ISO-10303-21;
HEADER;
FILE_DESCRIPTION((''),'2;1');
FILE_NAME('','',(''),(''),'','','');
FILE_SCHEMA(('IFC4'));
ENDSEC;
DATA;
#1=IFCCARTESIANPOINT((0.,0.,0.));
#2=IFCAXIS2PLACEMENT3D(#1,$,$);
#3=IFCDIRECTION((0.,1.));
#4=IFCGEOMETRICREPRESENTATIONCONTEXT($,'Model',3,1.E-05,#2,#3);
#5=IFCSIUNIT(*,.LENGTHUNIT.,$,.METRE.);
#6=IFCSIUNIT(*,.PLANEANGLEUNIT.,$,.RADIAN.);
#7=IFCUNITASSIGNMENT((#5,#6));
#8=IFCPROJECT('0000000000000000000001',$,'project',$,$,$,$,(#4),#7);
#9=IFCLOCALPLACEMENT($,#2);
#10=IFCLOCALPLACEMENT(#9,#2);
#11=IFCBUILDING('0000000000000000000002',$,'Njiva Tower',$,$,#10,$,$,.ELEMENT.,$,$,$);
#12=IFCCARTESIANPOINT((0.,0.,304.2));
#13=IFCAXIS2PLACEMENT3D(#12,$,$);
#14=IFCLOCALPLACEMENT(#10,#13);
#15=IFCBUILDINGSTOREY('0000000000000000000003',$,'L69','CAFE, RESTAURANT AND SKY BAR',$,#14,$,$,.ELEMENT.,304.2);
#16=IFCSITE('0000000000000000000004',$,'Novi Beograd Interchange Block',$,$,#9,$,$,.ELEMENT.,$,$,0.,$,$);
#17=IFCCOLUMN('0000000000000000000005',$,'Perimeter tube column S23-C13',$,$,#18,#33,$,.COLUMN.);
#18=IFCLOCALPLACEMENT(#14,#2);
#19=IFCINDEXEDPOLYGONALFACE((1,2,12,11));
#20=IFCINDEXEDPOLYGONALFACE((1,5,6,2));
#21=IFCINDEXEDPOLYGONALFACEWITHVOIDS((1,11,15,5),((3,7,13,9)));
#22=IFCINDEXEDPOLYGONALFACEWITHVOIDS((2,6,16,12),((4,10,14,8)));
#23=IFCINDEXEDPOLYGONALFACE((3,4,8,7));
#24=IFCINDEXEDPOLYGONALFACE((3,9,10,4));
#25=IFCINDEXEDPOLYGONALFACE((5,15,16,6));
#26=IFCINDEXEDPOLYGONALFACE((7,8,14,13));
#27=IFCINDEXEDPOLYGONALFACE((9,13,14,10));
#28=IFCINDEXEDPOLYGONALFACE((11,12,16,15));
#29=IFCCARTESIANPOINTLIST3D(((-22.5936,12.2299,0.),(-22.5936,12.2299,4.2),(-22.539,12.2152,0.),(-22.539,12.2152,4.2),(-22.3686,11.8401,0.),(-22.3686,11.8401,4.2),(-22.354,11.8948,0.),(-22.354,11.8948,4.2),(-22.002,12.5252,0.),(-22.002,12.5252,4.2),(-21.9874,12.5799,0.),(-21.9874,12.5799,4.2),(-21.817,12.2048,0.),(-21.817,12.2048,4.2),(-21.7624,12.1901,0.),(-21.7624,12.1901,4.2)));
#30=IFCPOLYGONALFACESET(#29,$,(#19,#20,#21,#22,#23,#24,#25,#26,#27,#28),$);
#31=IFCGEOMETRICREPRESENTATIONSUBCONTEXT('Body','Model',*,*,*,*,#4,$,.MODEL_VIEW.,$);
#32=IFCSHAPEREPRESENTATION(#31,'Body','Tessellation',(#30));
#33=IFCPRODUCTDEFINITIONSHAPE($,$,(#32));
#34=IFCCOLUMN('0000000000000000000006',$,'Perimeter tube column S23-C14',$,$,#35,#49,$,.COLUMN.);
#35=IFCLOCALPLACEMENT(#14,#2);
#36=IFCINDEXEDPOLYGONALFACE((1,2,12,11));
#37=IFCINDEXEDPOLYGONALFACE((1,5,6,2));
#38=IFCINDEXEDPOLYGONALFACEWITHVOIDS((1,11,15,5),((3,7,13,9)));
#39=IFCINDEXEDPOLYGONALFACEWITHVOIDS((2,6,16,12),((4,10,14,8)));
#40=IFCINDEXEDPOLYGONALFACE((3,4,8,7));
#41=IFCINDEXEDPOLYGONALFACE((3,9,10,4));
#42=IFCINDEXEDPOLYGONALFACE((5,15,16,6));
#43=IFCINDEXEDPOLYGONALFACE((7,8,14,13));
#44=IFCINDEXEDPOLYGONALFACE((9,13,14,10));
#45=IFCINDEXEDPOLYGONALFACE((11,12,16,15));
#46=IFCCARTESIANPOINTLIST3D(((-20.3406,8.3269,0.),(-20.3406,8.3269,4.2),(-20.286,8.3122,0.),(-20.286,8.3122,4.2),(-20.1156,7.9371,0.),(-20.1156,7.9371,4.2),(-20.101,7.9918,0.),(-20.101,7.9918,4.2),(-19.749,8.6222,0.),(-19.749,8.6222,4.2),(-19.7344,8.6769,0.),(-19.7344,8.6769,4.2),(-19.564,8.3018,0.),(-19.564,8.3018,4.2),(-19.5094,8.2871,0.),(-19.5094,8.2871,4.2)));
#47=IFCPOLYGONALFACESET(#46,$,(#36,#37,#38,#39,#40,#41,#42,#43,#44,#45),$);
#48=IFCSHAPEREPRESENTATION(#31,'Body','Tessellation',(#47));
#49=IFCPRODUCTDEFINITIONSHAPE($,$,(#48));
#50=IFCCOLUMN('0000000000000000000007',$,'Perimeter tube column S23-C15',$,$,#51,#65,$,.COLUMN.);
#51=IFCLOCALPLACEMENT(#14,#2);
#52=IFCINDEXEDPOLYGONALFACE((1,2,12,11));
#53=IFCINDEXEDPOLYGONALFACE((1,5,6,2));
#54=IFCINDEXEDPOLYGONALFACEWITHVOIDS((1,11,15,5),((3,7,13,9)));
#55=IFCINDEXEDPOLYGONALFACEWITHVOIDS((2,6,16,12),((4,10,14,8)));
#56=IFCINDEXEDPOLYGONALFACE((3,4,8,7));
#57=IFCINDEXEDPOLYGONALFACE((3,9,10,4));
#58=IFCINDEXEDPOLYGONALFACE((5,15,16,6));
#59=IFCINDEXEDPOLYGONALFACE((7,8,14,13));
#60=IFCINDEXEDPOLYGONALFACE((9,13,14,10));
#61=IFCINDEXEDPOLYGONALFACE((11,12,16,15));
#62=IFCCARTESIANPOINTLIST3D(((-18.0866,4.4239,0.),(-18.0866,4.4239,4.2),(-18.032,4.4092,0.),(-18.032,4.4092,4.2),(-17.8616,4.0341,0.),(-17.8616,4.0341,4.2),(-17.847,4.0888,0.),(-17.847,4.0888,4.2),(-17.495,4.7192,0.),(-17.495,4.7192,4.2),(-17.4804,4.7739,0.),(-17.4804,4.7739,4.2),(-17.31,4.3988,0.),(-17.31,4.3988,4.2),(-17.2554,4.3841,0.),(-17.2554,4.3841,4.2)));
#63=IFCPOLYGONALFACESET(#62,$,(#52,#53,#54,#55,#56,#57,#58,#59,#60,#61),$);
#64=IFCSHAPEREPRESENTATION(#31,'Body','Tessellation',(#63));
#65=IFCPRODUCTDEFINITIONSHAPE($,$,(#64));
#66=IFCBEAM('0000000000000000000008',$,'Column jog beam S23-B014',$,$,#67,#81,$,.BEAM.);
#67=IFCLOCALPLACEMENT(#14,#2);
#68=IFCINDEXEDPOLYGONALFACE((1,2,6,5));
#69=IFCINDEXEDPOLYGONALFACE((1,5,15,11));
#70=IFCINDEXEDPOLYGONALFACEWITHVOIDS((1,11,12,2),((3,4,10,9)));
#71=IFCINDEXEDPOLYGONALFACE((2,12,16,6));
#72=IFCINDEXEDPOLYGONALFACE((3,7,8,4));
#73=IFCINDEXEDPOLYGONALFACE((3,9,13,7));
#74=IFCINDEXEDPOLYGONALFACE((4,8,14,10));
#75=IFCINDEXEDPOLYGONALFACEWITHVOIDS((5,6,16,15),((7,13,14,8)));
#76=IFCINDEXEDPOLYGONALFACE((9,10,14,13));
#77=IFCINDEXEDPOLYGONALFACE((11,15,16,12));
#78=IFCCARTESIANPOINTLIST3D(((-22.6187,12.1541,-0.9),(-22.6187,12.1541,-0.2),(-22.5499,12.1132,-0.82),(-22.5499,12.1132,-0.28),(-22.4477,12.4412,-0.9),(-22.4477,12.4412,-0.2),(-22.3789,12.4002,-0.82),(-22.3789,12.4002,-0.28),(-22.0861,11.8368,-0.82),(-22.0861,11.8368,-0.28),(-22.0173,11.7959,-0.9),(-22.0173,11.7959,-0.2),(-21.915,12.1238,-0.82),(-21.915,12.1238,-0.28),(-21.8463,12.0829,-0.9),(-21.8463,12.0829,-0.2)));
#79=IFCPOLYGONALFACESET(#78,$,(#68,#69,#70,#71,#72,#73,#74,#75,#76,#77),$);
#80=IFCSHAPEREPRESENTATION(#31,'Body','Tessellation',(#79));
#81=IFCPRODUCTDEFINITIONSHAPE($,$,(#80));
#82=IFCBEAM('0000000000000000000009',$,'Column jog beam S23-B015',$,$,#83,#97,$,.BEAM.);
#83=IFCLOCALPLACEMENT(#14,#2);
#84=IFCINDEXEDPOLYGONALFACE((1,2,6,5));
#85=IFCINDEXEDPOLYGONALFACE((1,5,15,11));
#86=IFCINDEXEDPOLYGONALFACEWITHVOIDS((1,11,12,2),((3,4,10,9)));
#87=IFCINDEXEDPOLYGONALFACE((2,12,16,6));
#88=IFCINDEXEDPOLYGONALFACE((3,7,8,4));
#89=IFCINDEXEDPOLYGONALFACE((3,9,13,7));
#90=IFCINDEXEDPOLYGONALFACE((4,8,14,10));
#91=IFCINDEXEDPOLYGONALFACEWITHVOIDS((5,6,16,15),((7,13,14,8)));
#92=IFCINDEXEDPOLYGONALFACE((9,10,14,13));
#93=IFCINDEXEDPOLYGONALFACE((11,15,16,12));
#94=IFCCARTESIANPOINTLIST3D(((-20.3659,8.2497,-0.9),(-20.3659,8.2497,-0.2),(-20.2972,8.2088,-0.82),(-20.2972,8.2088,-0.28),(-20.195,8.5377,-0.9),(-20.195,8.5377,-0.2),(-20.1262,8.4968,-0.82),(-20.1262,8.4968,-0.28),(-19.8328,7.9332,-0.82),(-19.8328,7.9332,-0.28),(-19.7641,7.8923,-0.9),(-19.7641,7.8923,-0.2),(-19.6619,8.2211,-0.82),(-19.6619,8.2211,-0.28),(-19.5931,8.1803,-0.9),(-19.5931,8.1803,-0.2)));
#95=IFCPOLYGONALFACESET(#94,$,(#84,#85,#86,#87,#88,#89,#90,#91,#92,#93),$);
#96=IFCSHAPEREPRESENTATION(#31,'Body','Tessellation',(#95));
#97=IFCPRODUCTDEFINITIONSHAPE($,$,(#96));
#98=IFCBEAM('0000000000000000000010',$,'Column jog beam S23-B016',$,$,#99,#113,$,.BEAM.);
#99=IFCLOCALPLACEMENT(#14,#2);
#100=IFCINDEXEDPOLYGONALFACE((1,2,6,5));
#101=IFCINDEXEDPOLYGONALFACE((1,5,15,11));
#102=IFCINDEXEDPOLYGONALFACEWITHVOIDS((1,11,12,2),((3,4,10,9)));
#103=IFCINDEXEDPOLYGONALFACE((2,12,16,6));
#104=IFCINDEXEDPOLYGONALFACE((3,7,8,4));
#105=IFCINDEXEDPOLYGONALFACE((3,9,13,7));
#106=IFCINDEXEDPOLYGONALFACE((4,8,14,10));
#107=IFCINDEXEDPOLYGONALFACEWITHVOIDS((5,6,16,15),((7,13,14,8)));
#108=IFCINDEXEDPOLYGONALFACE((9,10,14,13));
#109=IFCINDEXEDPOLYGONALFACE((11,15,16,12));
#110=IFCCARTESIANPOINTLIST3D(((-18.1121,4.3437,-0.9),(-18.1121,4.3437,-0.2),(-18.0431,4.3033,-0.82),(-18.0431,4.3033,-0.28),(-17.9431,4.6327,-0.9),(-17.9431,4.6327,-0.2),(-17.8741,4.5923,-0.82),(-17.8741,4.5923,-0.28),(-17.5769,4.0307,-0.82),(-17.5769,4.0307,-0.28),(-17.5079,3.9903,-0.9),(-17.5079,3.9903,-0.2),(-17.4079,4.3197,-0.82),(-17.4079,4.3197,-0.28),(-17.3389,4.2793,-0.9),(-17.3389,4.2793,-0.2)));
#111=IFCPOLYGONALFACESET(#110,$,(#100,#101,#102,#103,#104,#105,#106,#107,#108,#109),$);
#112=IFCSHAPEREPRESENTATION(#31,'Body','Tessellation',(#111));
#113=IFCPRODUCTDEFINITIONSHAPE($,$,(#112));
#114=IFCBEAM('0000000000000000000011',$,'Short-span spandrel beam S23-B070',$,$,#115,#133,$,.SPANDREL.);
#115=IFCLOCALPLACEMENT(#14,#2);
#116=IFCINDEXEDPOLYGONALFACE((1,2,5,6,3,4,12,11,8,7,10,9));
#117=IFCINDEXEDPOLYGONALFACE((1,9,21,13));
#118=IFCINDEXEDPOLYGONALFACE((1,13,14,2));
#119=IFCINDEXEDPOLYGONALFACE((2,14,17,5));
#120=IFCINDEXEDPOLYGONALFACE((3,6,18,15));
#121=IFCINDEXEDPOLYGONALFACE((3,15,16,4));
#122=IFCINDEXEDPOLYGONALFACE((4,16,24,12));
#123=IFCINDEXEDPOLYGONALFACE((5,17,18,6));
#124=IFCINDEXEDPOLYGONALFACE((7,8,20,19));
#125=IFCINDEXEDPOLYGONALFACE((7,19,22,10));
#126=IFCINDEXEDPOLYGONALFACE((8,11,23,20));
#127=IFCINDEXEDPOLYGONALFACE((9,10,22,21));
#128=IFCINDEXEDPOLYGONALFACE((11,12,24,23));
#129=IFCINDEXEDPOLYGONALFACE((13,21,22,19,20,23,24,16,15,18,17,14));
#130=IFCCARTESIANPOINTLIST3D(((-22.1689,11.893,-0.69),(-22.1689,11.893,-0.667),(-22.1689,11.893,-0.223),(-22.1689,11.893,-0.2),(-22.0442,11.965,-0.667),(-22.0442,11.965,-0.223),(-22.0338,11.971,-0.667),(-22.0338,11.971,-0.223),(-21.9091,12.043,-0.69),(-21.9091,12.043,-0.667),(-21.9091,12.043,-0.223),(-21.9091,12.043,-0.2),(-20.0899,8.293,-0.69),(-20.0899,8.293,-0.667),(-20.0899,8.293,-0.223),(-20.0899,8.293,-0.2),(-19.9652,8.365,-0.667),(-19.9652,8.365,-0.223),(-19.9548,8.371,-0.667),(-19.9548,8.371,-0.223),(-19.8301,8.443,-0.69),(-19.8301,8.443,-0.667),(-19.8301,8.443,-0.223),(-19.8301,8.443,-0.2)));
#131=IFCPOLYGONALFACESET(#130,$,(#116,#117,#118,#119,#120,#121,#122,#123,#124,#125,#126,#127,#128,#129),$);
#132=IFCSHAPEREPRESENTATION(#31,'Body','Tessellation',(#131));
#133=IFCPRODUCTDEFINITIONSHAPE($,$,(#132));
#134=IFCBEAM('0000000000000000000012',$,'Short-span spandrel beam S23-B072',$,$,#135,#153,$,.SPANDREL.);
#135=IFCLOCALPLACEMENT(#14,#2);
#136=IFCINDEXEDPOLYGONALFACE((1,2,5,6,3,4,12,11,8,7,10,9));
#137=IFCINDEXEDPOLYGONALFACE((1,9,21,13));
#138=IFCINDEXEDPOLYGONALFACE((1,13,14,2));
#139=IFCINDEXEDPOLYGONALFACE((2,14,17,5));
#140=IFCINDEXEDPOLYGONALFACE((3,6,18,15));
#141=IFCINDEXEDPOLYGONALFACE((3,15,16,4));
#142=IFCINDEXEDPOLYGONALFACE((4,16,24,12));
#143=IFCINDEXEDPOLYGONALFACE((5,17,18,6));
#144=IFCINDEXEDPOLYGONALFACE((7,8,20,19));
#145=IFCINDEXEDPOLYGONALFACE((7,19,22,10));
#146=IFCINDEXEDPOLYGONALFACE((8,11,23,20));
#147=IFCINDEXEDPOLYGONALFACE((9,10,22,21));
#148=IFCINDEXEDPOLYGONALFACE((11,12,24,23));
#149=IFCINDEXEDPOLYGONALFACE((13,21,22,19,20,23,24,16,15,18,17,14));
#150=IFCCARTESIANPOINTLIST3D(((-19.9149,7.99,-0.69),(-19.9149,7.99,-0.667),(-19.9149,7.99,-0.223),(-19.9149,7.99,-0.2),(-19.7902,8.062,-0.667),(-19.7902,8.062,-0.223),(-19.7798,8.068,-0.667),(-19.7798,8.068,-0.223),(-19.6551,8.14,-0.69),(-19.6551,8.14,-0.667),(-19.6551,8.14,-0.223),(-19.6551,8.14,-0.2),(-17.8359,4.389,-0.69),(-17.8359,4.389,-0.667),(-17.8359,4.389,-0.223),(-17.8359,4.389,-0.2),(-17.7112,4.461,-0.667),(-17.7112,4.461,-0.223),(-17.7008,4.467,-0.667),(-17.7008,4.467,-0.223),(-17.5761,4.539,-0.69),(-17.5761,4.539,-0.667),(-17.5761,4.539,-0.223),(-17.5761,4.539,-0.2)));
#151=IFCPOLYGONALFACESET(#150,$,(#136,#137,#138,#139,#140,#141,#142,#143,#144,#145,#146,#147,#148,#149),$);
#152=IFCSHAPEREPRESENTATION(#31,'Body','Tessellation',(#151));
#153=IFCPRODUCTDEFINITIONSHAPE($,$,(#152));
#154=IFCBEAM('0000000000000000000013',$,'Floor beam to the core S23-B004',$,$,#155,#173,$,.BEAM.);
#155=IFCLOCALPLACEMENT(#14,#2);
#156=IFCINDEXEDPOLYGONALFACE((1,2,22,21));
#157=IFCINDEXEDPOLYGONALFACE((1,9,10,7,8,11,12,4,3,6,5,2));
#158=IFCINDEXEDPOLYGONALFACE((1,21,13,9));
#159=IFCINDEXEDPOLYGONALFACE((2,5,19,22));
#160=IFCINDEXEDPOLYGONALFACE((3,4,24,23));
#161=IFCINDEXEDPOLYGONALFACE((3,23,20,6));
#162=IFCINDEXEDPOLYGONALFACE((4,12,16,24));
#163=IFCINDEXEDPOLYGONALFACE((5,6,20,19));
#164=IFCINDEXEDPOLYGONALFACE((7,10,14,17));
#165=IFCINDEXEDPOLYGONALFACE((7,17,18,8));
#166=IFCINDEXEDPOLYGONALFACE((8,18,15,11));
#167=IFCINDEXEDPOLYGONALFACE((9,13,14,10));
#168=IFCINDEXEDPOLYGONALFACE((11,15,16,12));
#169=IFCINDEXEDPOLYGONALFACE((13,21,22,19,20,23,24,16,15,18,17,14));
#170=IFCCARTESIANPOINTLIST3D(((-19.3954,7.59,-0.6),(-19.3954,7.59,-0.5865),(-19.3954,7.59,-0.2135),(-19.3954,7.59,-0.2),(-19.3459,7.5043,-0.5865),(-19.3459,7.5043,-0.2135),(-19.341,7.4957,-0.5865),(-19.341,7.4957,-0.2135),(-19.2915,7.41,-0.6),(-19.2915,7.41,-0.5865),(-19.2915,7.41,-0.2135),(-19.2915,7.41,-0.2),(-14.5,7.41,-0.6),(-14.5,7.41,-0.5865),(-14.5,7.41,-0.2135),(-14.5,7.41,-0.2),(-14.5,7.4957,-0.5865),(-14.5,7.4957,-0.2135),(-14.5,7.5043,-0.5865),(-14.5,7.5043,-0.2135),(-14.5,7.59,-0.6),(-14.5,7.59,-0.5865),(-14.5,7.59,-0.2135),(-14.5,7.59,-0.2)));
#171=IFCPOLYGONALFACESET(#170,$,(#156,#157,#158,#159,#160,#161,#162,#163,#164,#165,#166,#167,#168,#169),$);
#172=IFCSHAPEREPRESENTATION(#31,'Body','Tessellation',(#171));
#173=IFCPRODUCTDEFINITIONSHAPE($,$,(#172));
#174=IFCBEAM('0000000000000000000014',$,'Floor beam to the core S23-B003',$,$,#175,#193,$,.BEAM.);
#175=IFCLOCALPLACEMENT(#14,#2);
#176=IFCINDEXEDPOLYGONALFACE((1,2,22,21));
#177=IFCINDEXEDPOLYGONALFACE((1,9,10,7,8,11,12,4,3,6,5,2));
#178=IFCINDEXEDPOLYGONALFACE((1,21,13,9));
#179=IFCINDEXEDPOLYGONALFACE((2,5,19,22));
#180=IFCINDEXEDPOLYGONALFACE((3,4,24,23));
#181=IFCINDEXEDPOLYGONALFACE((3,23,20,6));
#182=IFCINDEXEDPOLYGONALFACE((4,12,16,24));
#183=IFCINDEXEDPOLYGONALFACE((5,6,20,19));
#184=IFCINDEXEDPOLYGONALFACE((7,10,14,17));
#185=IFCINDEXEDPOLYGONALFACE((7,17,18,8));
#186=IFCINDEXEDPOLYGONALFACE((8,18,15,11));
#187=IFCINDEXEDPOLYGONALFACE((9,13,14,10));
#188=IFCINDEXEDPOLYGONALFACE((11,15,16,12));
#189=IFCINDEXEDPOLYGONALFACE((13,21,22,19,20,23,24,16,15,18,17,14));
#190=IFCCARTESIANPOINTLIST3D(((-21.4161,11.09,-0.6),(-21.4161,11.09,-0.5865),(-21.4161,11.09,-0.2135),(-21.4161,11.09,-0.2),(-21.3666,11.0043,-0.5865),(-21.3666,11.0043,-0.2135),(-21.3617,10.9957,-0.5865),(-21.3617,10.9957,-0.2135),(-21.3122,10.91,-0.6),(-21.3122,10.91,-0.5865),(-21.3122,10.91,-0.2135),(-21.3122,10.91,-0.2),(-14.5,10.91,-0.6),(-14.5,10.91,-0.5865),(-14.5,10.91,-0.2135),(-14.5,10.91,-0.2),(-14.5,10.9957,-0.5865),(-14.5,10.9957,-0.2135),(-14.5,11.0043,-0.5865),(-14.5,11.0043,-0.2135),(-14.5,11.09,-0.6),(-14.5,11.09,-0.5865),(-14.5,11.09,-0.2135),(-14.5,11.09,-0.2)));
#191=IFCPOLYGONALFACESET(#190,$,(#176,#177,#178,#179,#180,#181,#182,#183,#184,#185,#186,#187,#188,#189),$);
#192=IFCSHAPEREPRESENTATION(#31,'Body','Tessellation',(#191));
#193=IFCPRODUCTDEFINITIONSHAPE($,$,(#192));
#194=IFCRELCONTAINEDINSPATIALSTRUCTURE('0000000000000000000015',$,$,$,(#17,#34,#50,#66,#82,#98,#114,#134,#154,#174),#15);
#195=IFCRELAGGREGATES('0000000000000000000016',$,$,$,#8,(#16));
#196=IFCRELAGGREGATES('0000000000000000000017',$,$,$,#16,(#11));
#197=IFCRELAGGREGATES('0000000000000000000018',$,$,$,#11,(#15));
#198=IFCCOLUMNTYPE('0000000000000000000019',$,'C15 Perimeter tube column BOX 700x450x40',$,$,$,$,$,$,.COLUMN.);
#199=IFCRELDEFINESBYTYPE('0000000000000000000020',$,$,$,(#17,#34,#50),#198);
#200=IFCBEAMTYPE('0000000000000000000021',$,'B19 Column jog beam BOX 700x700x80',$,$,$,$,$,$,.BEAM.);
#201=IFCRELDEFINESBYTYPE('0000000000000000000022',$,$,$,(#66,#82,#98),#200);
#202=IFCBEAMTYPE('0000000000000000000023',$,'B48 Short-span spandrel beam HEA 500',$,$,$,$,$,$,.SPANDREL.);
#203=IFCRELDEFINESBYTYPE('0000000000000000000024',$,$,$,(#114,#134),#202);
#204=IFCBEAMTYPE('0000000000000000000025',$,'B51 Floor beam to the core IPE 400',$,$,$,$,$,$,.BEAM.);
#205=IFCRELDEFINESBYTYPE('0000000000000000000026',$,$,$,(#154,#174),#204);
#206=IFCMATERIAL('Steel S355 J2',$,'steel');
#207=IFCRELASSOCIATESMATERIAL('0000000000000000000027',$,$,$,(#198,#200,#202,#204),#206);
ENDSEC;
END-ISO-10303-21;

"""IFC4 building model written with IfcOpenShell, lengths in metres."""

from ifc_helpers import new_model, si_unit, direction, frame, origin, origin_2d, place, context, subcontext, project, spatial, hollow_rectangle, i_section, extrude, clip, halfspace, material, material_profile, profile_set, type_object, element, save


model = new_model("IFC4")

# Units and contexts
model_context = context("Model", 3, precision=1e-05, world=origin(), true_north=direction((0.0, 1.0)))
body_context = subcontext(model_context, "Body", "Model", "MODEL_VIEW")
ifc_project = project(units=[si_unit("LENGTHUNIT", "METRE"), si_unit("PLANEANGLEUNIT", "RADIAN")], contexts=[model_context])

# Site, building, storey
site_placement = place(None, origin())
site = spatial("IfcSite", under=ifc_project, at=site_placement, Name="Novi Beograd Interchange Block", CompositionType="ELEMENT", RefElevation=0.0)
building_placement = place(site_placement, origin())
building = spatial("IfcBuilding", under=site, at=building_placement, Name="Njiva Tower", CompositionType="ELEMENT")
storey_placement = place(building_placement, frame((0.0, 0.0, 304.2)))
storey = spatial("IfcBuildingStorey", under=building, at=storey_placement, Name="L69", Description="CAFE, RESTAURANT AND SKY BAR", CompositionType="ELEMENT", Elevation=304.2)

# Columns
ifc_material_1 = material(Name="Steel S355 J2", Category="steel")
ifc_material_profile_1 = material_profile(ifc_material_1, hollow_rectangle(XDim=0.45, YDim=0.7, WallThickness=0.04, at=origin_2d()), Name="BOX 700x450x40")
ifc_profile_set_1 = profile_set([ifc_material_profile_1], Name="Steel S355 J2")
column_type = type_object("IfcColumnType", Name="C15 Perimeter tube column BOX 700x450x40", PredefinedType="COLUMN", material=ifc_profile_set_1)
for number, where, z_axis, x_axis, name in (
    (1, (-22.178, 12.21, 0.0), (0.0, 0.0, 1.0), (0.5, -0.866025, 0.0), "Perimeter tube column S23-C13"),
    (2, (-19.925, 8.307, 0.0), (0.0, 0.0, 1.0), (0.5, -0.866025, 0.0), "Perimeter tube column S23-C14"),
    (3, (-17.671, 4.404, 0.0), (0.0, 0.0, 1.0), (0.5, -0.866025, 0.0), "Perimeter tube column S23-C15"),
):
    element("IfcColumn", number, at=place(storey_placement, frame(where, z_axis=z_axis, x_axis=x_axis)), inside=storey, type_object=column_type, Name=name, PredefinedType="COLUMN", context=body_context, shape_type="SweptSolid", body=[
        extrude(hollow_rectangle(XDim=0.45, YDim=0.7, WallThickness=0.04, at=origin_2d()), origin(), (0.0, 0.0, 1.0), 4.2),
    ])

# Beams
ifc_material_profile_2 = material_profile(ifc_material_1, hollow_rectangle(XDim=0.7, YDim=0.7, WallThickness=0.08, at=origin_2d()), Name="BOX 700x700x80")
ifc_profile_set_2 = profile_set([ifc_material_profile_2], Name="Steel S355 J2")
beam_type_1 = type_object("IfcBeamType", Name="B19 Column jog beam BOX 700x700x80", PredefinedType="BEAM", material=ifc_profile_set_2)
beam_1_placement = place(storey_placement, frame((-22.318, 11.975, -0.55), z_axis=(0.511852, 0.859074, 0.0), x_axis=(-0.859074, 0.511852, 0.0)))
element("IfcBeam", 4, at=beam_1_placement, inside=storey, type_object=beam_type_1, Name="Column jog beam S23-B014", PredefinedType="BEAM", context=body_context, shape_type="SweptSolid", body=[
    extrude(hollow_rectangle(XDim=0.7, YDim=0.7, WallThickness=0.08, at=origin_2d()), origin(), (0.0, 0.0, 1.0), 0.3341),
])
beam_2_placement = place(storey_placement, frame((-20.065, 8.071, -0.55), z_axis=(0.510539, 0.859855, 0.0), x_axis=(-0.859855, 0.510539, 0.0)))
element("IfcBeam", 5, at=beam_2_placement, inside=storey, type_object=beam_type_1, Name="Column jog beam S23-B015", PredefinedType="BEAM", context=body_context, shape_type="SweptSolid", body=[
    extrude(hollow_rectangle(XDim=0.7, YDim=0.7, WallThickness=0.08, at=origin_2d()), origin(), (0.0, 0.0, 1.0), 0.3349),
])
beam_3_placement = place(storey_placement, frame((-17.81, 4.167, -0.55), z_axis=(0.504799, 0.863237, 0.0), x_axis=(-0.863237, 0.504799, 0.0)))
element("IfcBeam", 6, at=beam_3_placement, inside=storey, type_object=beam_type_1, Name="Column jog beam S23-B016", PredefinedType="BEAM", context=body_context, shape_type="SweptSolid", body=[
    extrude(hollow_rectangle(XDim=0.7, YDim=0.7, WallThickness=0.08, at=origin_2d()), origin(), (0.0, 0.0, 1.0), 0.3348),
])
ifc_material_profile_3 = material_profile(ifc_material_1, i_section(OverallWidth=0.3, OverallDepth=0.49, WebThickness=0.012, FlangeThickness=0.023, at=origin_2d()), Name="HEA 500")
ifc_profile_set_3 = profile_set([ifc_material_profile_3], Name="Steel S355 J2")
beam_type_2 = type_object("IfcBeamType", Name="B48 Short-span spandrel beam HEA 500", PredefinedType="SPANDREL", material=ifc_profile_set_3)
beam_4_placement = place(storey_placement, frame((-22.039, 11.968, -0.445), z_axis=(0.500097, -0.865969, 0.0), x_axis=(0.865969, 0.500097, 0.0)))
element("IfcBeam", 7, at=beam_4_placement, inside=storey, type_object=beam_type_2, Name="Short-span spandrel beam S23-B070", PredefinedType="SPANDREL", context=body_context, shape_type="SweptSolid", body=[
    extrude(i_section(OverallWidth=0.3, OverallDepth=0.49, WebThickness=0.012, FlangeThickness=0.023, at=origin_2d()), origin(), (0.0, 0.0, 1.0), 4.1572),
])
beam_5_placement = place(storey_placement, frame((-19.785, 8.065, -0.445), z_axis=(0.499993, -0.866029, 0.0), x_axis=(0.866029, 0.499993, 0.0)))
element("IfcBeam", 8, at=beam_5_placement, inside=storey, type_object=beam_type_2, Name="Short-span spandrel beam S23-B072", PredefinedType="SPANDREL", context=body_context, shape_type="SweptSolid", body=[
    extrude(i_section(OverallWidth=0.3, OverallDepth=0.49, WebThickness=0.012, FlangeThickness=0.023, at=origin_2d()), origin(), (0.0, 0.0, 1.0), 4.1581),
])
ifc_material_profile_4 = material_profile(ifc_material_1, i_section(OverallWidth=0.18, OverallDepth=0.4, WebThickness=0.0086, FlangeThickness=0.0135, at=origin_2d()), Name="IPE 400")
ifc_profile_set_4 = profile_set([ifc_material_profile_4], Name="Steel S355 J2")
beam_type_3 = type_object("IfcBeamType", Name="B51 Floor beam to the core IPE 400", PredefinedType="BEAM", material=ifc_profile_set_4)
beam_6_placement = place(storey_placement, frame((-19.415, 7.5, -0.4), z_axis=(1.0, 0.0, 0.0), x_axis=(0.0, 1.0, 0.0)))
element("IfcBeam", 9, at=beam_6_placement, inside=storey, type_object=beam_type_3, Name="Floor beam to the core S23-B004", PredefinedType="BEAM", context=body_context, shape_type="Clipping", body=[
    clip(extrude(i_section(OverallWidth=0.18, OverallDepth=0.4, WebThickness=0.0086, FlangeThickness=0.0135, at=origin_2d()), origin(), (0.0, 0.0, 1.0), 4.915), halfspace(frame((-0.025, 0.0, 0.086), z_axis=(-0.499998, 0.0, -0.866027), x_axis=(0.0, -1.0, 0.0)), False)),
])
beam_7_placement = place(storey_placement, frame((-21.436, 11.0, -0.4), z_axis=(1.0, 0.0, 0.0), x_axis=(0.0, 1.0, 0.0)))
element("IfcBeam", 10, at=beam_7_placement, inside=storey, type_object=beam_type_3, Name="Floor beam to the core S23-B003", PredefinedType="BEAM", context=body_context, shape_type="Clipping", body=[
    clip(extrude(i_section(OverallWidth=0.18, OverallDepth=0.4, WebThickness=0.0086, FlangeThickness=0.0135, at=origin_2d()), origin(), (0.0, 0.0, 1.0), 6.936), halfspace(frame((-0.025, 0.0, 0.0863), z_axis=(-0.499998, 0.0, -0.866027), x_axis=(0.0, -1.0, 0.0)), False)),
])

save(model, "model.ifc")
